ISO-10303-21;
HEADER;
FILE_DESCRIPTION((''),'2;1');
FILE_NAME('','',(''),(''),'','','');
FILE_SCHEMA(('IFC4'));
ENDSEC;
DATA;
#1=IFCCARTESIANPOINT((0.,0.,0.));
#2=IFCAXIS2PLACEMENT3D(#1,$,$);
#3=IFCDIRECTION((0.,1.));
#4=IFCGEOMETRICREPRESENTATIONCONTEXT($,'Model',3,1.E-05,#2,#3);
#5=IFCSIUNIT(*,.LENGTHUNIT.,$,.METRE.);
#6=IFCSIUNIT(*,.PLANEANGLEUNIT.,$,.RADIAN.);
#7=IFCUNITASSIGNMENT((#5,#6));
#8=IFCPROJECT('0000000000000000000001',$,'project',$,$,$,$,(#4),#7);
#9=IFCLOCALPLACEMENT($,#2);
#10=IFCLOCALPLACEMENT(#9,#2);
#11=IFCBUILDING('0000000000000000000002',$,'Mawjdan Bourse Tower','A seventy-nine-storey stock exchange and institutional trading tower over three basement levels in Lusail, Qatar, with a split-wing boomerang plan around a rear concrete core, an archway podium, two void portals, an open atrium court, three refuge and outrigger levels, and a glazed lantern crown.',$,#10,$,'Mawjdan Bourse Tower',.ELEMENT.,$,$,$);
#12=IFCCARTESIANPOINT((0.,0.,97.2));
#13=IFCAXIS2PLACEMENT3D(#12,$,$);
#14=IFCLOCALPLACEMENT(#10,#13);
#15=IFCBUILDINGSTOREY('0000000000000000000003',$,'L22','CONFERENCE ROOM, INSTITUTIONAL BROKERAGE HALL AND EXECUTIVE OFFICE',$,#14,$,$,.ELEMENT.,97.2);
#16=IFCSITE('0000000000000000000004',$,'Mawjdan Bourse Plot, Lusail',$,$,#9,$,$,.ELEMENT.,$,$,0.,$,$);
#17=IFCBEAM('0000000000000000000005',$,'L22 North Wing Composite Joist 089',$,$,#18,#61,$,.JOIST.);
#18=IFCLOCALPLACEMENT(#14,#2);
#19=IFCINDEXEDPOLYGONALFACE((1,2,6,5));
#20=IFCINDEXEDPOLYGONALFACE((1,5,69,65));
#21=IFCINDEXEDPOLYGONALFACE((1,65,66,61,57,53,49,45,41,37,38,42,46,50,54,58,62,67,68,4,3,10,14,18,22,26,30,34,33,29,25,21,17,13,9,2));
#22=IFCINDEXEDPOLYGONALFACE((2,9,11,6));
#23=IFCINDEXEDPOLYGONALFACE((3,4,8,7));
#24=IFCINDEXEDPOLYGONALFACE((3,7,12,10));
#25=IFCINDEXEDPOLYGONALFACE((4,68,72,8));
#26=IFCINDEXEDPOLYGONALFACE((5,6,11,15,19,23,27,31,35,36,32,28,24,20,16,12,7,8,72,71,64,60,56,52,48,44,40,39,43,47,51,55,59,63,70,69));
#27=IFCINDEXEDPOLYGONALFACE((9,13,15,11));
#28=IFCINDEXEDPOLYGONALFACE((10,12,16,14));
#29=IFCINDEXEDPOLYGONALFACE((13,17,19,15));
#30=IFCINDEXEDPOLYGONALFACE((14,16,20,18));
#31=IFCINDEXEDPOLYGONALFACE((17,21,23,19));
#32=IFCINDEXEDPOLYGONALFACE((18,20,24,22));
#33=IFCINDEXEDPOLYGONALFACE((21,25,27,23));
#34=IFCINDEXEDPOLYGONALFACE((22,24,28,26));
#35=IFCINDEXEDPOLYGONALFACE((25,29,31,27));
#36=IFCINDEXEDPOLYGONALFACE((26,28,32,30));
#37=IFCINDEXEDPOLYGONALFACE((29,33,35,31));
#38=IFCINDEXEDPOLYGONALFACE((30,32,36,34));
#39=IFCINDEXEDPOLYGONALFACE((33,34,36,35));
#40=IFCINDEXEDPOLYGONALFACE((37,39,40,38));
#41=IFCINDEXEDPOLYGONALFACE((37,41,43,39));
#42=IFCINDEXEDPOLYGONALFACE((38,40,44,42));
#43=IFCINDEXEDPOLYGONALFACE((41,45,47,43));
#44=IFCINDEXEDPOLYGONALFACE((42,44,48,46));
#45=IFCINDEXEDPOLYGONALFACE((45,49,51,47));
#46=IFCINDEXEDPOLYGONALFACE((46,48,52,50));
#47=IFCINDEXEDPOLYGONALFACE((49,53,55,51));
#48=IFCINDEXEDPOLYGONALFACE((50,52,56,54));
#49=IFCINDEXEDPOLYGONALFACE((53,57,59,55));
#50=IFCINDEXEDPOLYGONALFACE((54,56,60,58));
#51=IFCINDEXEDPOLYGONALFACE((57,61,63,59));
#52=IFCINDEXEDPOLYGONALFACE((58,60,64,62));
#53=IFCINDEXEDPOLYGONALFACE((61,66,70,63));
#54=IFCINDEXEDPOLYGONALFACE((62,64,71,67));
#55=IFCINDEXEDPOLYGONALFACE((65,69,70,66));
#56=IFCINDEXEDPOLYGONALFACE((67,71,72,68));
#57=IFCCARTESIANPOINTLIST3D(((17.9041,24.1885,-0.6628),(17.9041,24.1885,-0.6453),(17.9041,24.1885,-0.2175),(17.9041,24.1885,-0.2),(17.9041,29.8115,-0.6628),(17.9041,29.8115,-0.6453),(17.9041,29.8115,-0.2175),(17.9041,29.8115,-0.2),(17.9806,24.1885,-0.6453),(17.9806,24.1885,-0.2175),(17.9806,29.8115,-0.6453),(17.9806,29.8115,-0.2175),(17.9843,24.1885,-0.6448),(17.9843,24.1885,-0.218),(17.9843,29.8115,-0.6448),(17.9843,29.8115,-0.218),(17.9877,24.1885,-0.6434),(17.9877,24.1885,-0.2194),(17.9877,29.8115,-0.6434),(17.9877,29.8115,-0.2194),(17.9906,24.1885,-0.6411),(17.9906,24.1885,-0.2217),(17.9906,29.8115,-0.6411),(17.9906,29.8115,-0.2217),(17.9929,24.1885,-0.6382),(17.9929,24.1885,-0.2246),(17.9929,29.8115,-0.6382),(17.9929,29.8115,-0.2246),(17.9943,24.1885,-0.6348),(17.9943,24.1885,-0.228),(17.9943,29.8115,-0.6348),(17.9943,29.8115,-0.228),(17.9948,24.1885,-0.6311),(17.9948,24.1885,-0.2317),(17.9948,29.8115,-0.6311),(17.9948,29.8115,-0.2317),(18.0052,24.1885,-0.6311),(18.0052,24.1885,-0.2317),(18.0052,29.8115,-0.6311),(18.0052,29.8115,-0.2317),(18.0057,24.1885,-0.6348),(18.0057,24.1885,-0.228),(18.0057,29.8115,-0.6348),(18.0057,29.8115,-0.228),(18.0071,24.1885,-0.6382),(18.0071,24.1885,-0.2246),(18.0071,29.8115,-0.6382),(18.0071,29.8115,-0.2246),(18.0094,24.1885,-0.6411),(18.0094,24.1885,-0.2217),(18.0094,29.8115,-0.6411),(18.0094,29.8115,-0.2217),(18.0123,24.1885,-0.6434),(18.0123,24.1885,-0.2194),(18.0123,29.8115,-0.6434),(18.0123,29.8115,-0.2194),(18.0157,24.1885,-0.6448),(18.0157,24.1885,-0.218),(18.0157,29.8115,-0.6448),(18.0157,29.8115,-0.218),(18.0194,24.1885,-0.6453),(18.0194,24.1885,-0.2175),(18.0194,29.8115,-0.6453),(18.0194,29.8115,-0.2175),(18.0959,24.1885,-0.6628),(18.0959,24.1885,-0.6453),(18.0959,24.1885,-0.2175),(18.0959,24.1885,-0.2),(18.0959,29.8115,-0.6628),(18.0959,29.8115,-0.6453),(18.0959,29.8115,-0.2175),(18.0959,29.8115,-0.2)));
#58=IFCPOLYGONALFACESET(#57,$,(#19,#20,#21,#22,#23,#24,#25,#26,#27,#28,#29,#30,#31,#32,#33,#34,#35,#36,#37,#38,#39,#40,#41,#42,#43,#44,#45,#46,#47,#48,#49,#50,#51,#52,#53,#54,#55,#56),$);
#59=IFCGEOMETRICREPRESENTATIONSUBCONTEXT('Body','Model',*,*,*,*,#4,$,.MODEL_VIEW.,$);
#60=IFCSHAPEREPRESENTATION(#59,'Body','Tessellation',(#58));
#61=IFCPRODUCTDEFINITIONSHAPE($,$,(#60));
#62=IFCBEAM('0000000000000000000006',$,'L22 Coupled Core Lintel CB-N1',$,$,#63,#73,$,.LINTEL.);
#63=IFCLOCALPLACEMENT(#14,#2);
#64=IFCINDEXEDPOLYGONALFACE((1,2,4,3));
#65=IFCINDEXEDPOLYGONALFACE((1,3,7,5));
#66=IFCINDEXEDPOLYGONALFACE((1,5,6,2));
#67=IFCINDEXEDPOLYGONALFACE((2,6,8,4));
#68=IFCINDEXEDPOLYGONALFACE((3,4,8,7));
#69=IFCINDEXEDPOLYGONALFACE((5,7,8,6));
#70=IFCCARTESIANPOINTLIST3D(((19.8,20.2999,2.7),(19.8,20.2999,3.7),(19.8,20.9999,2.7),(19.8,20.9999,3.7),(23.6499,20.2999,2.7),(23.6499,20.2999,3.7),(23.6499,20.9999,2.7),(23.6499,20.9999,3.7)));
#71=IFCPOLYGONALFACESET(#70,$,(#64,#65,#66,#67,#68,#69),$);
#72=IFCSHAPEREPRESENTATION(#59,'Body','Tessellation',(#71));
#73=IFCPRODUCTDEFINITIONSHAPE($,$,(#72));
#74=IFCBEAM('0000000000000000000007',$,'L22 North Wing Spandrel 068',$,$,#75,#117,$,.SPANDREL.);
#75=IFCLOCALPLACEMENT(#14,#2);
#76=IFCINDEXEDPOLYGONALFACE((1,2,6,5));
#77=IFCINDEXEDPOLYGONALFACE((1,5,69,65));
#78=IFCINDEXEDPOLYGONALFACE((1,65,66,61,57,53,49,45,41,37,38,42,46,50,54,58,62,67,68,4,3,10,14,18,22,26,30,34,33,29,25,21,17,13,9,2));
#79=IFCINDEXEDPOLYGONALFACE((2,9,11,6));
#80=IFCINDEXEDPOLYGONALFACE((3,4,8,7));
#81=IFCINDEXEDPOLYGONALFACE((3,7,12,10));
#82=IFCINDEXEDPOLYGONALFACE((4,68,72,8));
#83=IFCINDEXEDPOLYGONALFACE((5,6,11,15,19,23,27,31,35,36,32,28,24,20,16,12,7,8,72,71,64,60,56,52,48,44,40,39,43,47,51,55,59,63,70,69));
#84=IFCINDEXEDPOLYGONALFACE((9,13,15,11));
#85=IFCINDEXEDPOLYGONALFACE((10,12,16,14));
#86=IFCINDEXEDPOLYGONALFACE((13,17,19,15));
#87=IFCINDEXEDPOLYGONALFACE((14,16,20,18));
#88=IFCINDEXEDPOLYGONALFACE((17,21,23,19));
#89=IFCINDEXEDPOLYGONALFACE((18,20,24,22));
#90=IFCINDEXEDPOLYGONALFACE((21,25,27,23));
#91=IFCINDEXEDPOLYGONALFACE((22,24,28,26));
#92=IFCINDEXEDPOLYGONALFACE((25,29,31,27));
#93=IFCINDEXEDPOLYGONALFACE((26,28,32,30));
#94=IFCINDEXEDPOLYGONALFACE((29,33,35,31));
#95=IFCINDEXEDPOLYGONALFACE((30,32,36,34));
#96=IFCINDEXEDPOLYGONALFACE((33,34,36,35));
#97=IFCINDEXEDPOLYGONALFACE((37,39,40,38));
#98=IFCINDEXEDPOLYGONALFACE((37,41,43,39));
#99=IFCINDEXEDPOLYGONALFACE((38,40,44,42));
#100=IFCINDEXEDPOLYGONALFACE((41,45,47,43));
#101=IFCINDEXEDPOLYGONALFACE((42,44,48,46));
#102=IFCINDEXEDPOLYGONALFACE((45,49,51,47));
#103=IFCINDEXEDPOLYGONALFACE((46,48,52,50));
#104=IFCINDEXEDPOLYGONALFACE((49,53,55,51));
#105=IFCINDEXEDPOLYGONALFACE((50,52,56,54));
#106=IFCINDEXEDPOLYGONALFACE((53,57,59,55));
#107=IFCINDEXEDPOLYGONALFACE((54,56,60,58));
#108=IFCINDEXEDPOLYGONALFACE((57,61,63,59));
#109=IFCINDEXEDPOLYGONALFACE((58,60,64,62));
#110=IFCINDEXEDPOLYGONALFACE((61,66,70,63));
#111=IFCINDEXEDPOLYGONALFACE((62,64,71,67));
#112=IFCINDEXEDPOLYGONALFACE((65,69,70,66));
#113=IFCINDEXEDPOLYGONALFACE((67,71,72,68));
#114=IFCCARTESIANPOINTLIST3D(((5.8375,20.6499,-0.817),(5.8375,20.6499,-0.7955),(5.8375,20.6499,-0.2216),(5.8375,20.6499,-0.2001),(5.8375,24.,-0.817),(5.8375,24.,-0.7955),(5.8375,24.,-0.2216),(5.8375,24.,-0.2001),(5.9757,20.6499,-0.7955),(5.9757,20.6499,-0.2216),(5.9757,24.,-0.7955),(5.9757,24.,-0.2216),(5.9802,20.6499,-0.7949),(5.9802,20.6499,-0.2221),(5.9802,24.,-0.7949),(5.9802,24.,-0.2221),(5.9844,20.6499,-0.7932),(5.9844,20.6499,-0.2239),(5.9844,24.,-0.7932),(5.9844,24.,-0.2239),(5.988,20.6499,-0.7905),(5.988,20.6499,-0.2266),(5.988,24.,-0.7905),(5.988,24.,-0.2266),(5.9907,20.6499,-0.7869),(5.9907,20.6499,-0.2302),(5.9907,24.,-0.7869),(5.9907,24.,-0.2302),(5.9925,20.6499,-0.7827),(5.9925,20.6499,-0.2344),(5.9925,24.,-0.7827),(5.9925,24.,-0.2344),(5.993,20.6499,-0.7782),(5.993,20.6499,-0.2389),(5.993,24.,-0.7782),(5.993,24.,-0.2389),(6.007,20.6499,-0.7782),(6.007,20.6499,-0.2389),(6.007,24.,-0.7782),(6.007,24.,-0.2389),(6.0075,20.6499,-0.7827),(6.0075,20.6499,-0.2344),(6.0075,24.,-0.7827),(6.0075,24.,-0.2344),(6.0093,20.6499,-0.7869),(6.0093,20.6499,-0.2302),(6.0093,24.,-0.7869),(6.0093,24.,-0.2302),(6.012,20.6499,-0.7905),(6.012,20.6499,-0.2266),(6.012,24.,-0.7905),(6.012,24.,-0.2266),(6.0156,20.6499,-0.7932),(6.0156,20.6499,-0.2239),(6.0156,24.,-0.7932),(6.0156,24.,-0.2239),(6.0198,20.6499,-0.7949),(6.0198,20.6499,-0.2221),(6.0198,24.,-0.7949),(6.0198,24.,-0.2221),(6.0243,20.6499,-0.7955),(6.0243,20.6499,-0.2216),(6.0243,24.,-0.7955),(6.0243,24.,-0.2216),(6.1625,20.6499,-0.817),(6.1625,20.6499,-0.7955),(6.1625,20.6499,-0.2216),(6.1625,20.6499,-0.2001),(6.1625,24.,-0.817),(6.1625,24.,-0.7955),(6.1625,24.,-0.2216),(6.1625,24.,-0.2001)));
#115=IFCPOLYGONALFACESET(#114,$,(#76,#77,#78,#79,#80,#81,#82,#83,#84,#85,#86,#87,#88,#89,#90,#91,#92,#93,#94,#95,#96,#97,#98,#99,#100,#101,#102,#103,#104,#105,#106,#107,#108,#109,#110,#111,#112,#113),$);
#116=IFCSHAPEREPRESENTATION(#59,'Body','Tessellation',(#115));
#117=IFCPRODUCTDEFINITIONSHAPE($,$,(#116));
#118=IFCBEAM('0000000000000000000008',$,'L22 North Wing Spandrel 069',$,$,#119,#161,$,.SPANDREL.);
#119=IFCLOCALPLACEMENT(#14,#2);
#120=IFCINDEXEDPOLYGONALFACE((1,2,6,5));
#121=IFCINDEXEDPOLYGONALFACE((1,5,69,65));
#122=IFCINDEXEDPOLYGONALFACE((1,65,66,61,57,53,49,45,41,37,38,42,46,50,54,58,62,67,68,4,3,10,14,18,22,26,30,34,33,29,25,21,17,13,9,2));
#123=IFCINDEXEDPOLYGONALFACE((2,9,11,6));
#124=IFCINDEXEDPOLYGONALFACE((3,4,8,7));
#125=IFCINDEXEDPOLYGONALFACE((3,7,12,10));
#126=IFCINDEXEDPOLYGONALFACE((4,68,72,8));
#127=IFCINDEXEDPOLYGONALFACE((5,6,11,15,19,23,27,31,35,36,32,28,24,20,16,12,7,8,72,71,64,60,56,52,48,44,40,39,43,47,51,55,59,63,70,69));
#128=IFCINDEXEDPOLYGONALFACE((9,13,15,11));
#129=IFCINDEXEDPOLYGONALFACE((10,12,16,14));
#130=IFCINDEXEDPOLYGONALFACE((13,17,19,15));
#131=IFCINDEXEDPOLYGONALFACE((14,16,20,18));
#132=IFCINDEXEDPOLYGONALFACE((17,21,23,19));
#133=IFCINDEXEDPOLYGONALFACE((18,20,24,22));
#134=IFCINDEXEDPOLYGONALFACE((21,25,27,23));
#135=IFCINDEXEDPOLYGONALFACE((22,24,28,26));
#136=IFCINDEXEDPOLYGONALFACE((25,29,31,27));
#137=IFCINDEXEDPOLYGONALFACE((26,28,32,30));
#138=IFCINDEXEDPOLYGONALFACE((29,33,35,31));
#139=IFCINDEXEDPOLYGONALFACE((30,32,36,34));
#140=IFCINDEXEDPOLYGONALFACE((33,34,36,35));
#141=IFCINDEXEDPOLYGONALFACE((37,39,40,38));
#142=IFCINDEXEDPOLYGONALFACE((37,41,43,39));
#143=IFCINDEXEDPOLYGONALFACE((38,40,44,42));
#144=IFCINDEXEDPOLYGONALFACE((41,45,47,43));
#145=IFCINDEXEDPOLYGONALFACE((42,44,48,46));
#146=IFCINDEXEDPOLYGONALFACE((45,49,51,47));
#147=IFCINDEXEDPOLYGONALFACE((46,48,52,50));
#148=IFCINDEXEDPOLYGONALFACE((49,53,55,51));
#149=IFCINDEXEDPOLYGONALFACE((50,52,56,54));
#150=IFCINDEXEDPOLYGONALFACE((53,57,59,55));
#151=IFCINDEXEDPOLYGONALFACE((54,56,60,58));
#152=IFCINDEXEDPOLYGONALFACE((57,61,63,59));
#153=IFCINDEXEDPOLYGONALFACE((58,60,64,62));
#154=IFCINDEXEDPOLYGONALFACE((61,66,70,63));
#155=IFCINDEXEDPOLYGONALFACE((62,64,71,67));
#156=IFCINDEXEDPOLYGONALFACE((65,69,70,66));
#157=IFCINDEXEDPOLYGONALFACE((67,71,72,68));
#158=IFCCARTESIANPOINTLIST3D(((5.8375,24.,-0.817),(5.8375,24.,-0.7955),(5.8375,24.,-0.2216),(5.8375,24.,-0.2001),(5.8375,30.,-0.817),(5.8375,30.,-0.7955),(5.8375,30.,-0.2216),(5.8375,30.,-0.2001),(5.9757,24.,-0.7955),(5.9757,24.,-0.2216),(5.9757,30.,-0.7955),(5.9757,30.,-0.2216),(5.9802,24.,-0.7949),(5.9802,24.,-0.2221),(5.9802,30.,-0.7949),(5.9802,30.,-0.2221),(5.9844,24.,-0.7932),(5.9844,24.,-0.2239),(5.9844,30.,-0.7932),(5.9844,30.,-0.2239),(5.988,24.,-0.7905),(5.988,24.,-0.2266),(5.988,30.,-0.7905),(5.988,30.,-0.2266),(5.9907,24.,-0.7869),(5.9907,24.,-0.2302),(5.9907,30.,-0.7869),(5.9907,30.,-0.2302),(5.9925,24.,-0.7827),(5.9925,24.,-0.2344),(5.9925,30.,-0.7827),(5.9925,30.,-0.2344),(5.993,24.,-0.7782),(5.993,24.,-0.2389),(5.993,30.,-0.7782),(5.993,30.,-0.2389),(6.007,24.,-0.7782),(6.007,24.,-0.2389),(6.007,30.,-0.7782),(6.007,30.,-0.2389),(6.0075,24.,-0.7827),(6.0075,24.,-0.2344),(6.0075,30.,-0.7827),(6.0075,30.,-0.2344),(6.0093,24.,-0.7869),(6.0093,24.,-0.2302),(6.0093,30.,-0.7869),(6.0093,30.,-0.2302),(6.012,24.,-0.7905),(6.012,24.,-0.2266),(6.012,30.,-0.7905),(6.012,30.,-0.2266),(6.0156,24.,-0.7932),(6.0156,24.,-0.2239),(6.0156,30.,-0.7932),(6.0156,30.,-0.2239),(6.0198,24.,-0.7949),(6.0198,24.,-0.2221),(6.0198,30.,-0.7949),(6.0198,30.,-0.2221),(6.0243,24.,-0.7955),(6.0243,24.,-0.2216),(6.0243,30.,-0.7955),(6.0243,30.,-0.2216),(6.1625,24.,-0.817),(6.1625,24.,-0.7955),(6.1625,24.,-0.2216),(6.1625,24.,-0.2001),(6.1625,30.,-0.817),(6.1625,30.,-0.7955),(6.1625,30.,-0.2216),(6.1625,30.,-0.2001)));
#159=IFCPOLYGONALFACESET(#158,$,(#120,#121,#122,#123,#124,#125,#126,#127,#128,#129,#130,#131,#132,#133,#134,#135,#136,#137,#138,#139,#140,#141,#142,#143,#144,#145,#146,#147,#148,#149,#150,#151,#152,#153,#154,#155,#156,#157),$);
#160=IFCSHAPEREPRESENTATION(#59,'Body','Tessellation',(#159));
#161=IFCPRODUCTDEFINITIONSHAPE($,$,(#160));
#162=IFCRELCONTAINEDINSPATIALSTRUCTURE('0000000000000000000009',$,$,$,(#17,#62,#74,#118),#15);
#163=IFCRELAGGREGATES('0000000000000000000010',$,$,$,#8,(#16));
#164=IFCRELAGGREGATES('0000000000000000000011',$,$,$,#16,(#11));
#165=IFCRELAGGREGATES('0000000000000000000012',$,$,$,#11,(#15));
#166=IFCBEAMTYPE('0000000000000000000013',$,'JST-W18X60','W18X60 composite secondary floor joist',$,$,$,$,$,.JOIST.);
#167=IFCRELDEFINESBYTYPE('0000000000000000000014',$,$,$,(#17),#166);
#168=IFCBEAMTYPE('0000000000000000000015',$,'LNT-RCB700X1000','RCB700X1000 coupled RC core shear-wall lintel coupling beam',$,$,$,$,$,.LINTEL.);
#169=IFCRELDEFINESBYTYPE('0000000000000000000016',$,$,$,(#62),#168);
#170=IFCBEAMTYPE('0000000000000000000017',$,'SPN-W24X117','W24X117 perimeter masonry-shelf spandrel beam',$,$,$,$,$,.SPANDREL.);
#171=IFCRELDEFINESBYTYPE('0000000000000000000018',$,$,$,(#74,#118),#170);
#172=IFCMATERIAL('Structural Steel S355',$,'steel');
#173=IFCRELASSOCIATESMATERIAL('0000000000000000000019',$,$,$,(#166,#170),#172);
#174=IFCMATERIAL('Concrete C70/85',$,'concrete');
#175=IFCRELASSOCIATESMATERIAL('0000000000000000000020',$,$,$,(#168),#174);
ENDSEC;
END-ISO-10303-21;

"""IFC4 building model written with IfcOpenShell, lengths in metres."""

from ifc_helpers import new_model, si_unit, direction, frame, origin, origin_2d, place, context, subcontext, project, spatial, rectangle, i_section, extrude, material, material_profile, profile_set, type_object, element, save


model = new_model("IFC4")

# Units and contexts
model_context = context("Model", 3, precision=1e-05, world=origin(), true_north=direction((0.0, 1.0)))
body_context = subcontext(model_context, "Body", "Model", "MODEL_VIEW")
ifc_project = project(units=[si_unit("LENGTHUNIT", "METRE"), si_unit("PLANEANGLEUNIT", "RADIAN")], contexts=[model_context])

# Site, building, storey
site_placement = place(None, origin())
site = spatial("IfcSite", under=ifc_project, at=site_placement, Name="Mawjdan Bourse Plot, Lusail", CompositionType="ELEMENT", RefElevation=0.0)
building_placement = place(site_placement, origin())
building = spatial("IfcBuilding", under=site, at=building_placement, Name="Mawjdan Bourse Tower", Description="A seventy-nine-storey stock exchange and institutional trading tower over three basement levels in Lusail, Qatar, with a split-wing boomerang plan around a rear concrete core, an archway podium, two void portals, an open atrium court, three refuge and outrigger levels, and a glazed lantern crown.", LongName="Mawjdan Bourse Tower", CompositionType="ELEMENT")
storey_placement = place(building_placement, frame((0.0, 0.0, 97.2)))
storey = spatial("IfcBuildingStorey", under=building, at=storey_placement, Name="L22", Description="CONFERENCE ROOM, INSTITUTIONAL BROKERAGE HALL AND EXECUTIVE OFFICE", CompositionType="ELEMENT", Elevation=97.2)

# Shared definitions
ifc_material_1 = material(Name="Concrete C70/85", Category="concrete")

# Beams
ifc_material_2 = material(Name="Structural Steel S355", Category="steel")
ifc_material_profile_1 = material_profile(ifc_material_2, i_section(OverallWidth=0.1919, OverallDepth=0.4629, WebThickness=0.0105, FlangeThickness=0.0176, FilletRadius=0.0142, at=origin_2d()), Name="W18X60")
ifc_profile_set_1 = profile_set([ifc_material_profile_1], Name="Structural Steel S355")
beam_type_1 = type_object("IfcBeamType", Name="JST-W18X60", Description="W18X60 composite secondary floor joist", PredefinedType="JOIST", material=ifc_profile_set_1)
beam_1_placement = place(storey_placement, frame((18.0, 24.1885, -0.4314), z_axis=(0.0, 1.0, 0.0), x_axis=(-1.0, 0.0, 0.0)))
element("IfcBeam", 1, at=beam_1_placement, inside=storey, type_object=beam_type_1, Name="L22 North Wing Composite Joist 089", PredefinedType="JOIST", context=body_context, shape_type="SweptSolid", body=[
    extrude(i_section(OverallWidth=0.1919, OverallDepth=0.4629, WebThickness=0.0105, FlangeThickness=0.0176, FilletRadius=0.0142, at=origin_2d()), origin(), (0.0, 0.0, 1.0), 5.623),
])
ifc_material_profile_2 = material_profile(ifc_material_1, rectangle(XDim=0.7, YDim=1.0, at=origin_2d()), Name="RCB700X1000")
ifc_profile_set_2 = profile_set([ifc_material_profile_2], Name="Concrete C70/85")
beam_type_2 = type_object("IfcBeamType", Name="LNT-RCB700X1000", Description="RCB700X1000 coupled RC core shear-wall lintel coupling beam", PredefinedType="LINTEL", material=ifc_profile_set_2)
beam_2_placement = place(storey_placement, frame((19.8, 20.6499, 3.2), z_axis=(1.0, 0.0, 0.0), x_axis=(0.0, 1.0, 0.0)))
element("IfcBeam", 2, at=beam_2_placement, inside=storey, type_object=beam_type_2, Name="L22 Coupled Core Lintel CB-N1", PredefinedType="LINTEL", context=body_context, shape_type="SweptSolid", body=[
    extrude(rectangle(XDim=0.7, YDim=1.0, at=origin_2d()), origin(), (0.0, 0.0, 1.0), 3.8499),
])
ifc_material_profile_3 = material_profile(ifc_material_2, i_section(OverallWidth=0.325, OverallDepth=0.6169, WebThickness=0.0139, FlangeThickness=0.0215, FilletRadius=0.0173, at=origin_2d()), Name="W24X117")
ifc_profile_set_3 = profile_set([ifc_material_profile_3], Name="Structural Steel S355")
beam_type_3 = type_object("IfcBeamType", Name="SPN-W24X117", Description="W24X117 perimeter masonry-shelf spandrel beam", PredefinedType="SPANDREL", material=ifc_profile_set_3)
beam_3_placement = place(storey_placement, frame((6.0, 20.6499, -0.5085), z_axis=(0.0, 1.0, 0.0), x_axis=(-1.0, 0.0, 0.0)))
element("IfcBeam", 3, at=beam_3_placement, inside=storey, type_object=beam_type_3, Name="L22 North Wing Spandrel 068", PredefinedType="SPANDREL", context=body_context, shape_type="SweptSolid", body=[
    extrude(i_section(OverallWidth=0.325, OverallDepth=0.6169, WebThickness=0.0139, FlangeThickness=0.0215, FilletRadius=0.0173, at=origin_2d()), origin(), (0.0, 0.0, 1.0), 3.3501),
])
beam_4_placement = place(storey_placement, frame((6.0, 24.0, -0.5085), z_axis=(0.0, 1.0, 0.0), x_axis=(-1.0, 0.0, 0.0)))
element("IfcBeam", 4, at=beam_4_placement, inside=storey, type_object=beam_type_3, Name="L22 North Wing Spandrel 069", PredefinedType="SPANDREL", context=body_context, shape_type="SweptSolid", body=[
    extrude(i_section(OverallWidth=0.325, OverallDepth=0.6169, WebThickness=0.0139, FlangeThickness=0.0215, FilletRadius=0.0173, at=origin_2d()), origin(), (0.0, 0.0, 1.0), 6.0),
])

save(model, "model.ifc")
